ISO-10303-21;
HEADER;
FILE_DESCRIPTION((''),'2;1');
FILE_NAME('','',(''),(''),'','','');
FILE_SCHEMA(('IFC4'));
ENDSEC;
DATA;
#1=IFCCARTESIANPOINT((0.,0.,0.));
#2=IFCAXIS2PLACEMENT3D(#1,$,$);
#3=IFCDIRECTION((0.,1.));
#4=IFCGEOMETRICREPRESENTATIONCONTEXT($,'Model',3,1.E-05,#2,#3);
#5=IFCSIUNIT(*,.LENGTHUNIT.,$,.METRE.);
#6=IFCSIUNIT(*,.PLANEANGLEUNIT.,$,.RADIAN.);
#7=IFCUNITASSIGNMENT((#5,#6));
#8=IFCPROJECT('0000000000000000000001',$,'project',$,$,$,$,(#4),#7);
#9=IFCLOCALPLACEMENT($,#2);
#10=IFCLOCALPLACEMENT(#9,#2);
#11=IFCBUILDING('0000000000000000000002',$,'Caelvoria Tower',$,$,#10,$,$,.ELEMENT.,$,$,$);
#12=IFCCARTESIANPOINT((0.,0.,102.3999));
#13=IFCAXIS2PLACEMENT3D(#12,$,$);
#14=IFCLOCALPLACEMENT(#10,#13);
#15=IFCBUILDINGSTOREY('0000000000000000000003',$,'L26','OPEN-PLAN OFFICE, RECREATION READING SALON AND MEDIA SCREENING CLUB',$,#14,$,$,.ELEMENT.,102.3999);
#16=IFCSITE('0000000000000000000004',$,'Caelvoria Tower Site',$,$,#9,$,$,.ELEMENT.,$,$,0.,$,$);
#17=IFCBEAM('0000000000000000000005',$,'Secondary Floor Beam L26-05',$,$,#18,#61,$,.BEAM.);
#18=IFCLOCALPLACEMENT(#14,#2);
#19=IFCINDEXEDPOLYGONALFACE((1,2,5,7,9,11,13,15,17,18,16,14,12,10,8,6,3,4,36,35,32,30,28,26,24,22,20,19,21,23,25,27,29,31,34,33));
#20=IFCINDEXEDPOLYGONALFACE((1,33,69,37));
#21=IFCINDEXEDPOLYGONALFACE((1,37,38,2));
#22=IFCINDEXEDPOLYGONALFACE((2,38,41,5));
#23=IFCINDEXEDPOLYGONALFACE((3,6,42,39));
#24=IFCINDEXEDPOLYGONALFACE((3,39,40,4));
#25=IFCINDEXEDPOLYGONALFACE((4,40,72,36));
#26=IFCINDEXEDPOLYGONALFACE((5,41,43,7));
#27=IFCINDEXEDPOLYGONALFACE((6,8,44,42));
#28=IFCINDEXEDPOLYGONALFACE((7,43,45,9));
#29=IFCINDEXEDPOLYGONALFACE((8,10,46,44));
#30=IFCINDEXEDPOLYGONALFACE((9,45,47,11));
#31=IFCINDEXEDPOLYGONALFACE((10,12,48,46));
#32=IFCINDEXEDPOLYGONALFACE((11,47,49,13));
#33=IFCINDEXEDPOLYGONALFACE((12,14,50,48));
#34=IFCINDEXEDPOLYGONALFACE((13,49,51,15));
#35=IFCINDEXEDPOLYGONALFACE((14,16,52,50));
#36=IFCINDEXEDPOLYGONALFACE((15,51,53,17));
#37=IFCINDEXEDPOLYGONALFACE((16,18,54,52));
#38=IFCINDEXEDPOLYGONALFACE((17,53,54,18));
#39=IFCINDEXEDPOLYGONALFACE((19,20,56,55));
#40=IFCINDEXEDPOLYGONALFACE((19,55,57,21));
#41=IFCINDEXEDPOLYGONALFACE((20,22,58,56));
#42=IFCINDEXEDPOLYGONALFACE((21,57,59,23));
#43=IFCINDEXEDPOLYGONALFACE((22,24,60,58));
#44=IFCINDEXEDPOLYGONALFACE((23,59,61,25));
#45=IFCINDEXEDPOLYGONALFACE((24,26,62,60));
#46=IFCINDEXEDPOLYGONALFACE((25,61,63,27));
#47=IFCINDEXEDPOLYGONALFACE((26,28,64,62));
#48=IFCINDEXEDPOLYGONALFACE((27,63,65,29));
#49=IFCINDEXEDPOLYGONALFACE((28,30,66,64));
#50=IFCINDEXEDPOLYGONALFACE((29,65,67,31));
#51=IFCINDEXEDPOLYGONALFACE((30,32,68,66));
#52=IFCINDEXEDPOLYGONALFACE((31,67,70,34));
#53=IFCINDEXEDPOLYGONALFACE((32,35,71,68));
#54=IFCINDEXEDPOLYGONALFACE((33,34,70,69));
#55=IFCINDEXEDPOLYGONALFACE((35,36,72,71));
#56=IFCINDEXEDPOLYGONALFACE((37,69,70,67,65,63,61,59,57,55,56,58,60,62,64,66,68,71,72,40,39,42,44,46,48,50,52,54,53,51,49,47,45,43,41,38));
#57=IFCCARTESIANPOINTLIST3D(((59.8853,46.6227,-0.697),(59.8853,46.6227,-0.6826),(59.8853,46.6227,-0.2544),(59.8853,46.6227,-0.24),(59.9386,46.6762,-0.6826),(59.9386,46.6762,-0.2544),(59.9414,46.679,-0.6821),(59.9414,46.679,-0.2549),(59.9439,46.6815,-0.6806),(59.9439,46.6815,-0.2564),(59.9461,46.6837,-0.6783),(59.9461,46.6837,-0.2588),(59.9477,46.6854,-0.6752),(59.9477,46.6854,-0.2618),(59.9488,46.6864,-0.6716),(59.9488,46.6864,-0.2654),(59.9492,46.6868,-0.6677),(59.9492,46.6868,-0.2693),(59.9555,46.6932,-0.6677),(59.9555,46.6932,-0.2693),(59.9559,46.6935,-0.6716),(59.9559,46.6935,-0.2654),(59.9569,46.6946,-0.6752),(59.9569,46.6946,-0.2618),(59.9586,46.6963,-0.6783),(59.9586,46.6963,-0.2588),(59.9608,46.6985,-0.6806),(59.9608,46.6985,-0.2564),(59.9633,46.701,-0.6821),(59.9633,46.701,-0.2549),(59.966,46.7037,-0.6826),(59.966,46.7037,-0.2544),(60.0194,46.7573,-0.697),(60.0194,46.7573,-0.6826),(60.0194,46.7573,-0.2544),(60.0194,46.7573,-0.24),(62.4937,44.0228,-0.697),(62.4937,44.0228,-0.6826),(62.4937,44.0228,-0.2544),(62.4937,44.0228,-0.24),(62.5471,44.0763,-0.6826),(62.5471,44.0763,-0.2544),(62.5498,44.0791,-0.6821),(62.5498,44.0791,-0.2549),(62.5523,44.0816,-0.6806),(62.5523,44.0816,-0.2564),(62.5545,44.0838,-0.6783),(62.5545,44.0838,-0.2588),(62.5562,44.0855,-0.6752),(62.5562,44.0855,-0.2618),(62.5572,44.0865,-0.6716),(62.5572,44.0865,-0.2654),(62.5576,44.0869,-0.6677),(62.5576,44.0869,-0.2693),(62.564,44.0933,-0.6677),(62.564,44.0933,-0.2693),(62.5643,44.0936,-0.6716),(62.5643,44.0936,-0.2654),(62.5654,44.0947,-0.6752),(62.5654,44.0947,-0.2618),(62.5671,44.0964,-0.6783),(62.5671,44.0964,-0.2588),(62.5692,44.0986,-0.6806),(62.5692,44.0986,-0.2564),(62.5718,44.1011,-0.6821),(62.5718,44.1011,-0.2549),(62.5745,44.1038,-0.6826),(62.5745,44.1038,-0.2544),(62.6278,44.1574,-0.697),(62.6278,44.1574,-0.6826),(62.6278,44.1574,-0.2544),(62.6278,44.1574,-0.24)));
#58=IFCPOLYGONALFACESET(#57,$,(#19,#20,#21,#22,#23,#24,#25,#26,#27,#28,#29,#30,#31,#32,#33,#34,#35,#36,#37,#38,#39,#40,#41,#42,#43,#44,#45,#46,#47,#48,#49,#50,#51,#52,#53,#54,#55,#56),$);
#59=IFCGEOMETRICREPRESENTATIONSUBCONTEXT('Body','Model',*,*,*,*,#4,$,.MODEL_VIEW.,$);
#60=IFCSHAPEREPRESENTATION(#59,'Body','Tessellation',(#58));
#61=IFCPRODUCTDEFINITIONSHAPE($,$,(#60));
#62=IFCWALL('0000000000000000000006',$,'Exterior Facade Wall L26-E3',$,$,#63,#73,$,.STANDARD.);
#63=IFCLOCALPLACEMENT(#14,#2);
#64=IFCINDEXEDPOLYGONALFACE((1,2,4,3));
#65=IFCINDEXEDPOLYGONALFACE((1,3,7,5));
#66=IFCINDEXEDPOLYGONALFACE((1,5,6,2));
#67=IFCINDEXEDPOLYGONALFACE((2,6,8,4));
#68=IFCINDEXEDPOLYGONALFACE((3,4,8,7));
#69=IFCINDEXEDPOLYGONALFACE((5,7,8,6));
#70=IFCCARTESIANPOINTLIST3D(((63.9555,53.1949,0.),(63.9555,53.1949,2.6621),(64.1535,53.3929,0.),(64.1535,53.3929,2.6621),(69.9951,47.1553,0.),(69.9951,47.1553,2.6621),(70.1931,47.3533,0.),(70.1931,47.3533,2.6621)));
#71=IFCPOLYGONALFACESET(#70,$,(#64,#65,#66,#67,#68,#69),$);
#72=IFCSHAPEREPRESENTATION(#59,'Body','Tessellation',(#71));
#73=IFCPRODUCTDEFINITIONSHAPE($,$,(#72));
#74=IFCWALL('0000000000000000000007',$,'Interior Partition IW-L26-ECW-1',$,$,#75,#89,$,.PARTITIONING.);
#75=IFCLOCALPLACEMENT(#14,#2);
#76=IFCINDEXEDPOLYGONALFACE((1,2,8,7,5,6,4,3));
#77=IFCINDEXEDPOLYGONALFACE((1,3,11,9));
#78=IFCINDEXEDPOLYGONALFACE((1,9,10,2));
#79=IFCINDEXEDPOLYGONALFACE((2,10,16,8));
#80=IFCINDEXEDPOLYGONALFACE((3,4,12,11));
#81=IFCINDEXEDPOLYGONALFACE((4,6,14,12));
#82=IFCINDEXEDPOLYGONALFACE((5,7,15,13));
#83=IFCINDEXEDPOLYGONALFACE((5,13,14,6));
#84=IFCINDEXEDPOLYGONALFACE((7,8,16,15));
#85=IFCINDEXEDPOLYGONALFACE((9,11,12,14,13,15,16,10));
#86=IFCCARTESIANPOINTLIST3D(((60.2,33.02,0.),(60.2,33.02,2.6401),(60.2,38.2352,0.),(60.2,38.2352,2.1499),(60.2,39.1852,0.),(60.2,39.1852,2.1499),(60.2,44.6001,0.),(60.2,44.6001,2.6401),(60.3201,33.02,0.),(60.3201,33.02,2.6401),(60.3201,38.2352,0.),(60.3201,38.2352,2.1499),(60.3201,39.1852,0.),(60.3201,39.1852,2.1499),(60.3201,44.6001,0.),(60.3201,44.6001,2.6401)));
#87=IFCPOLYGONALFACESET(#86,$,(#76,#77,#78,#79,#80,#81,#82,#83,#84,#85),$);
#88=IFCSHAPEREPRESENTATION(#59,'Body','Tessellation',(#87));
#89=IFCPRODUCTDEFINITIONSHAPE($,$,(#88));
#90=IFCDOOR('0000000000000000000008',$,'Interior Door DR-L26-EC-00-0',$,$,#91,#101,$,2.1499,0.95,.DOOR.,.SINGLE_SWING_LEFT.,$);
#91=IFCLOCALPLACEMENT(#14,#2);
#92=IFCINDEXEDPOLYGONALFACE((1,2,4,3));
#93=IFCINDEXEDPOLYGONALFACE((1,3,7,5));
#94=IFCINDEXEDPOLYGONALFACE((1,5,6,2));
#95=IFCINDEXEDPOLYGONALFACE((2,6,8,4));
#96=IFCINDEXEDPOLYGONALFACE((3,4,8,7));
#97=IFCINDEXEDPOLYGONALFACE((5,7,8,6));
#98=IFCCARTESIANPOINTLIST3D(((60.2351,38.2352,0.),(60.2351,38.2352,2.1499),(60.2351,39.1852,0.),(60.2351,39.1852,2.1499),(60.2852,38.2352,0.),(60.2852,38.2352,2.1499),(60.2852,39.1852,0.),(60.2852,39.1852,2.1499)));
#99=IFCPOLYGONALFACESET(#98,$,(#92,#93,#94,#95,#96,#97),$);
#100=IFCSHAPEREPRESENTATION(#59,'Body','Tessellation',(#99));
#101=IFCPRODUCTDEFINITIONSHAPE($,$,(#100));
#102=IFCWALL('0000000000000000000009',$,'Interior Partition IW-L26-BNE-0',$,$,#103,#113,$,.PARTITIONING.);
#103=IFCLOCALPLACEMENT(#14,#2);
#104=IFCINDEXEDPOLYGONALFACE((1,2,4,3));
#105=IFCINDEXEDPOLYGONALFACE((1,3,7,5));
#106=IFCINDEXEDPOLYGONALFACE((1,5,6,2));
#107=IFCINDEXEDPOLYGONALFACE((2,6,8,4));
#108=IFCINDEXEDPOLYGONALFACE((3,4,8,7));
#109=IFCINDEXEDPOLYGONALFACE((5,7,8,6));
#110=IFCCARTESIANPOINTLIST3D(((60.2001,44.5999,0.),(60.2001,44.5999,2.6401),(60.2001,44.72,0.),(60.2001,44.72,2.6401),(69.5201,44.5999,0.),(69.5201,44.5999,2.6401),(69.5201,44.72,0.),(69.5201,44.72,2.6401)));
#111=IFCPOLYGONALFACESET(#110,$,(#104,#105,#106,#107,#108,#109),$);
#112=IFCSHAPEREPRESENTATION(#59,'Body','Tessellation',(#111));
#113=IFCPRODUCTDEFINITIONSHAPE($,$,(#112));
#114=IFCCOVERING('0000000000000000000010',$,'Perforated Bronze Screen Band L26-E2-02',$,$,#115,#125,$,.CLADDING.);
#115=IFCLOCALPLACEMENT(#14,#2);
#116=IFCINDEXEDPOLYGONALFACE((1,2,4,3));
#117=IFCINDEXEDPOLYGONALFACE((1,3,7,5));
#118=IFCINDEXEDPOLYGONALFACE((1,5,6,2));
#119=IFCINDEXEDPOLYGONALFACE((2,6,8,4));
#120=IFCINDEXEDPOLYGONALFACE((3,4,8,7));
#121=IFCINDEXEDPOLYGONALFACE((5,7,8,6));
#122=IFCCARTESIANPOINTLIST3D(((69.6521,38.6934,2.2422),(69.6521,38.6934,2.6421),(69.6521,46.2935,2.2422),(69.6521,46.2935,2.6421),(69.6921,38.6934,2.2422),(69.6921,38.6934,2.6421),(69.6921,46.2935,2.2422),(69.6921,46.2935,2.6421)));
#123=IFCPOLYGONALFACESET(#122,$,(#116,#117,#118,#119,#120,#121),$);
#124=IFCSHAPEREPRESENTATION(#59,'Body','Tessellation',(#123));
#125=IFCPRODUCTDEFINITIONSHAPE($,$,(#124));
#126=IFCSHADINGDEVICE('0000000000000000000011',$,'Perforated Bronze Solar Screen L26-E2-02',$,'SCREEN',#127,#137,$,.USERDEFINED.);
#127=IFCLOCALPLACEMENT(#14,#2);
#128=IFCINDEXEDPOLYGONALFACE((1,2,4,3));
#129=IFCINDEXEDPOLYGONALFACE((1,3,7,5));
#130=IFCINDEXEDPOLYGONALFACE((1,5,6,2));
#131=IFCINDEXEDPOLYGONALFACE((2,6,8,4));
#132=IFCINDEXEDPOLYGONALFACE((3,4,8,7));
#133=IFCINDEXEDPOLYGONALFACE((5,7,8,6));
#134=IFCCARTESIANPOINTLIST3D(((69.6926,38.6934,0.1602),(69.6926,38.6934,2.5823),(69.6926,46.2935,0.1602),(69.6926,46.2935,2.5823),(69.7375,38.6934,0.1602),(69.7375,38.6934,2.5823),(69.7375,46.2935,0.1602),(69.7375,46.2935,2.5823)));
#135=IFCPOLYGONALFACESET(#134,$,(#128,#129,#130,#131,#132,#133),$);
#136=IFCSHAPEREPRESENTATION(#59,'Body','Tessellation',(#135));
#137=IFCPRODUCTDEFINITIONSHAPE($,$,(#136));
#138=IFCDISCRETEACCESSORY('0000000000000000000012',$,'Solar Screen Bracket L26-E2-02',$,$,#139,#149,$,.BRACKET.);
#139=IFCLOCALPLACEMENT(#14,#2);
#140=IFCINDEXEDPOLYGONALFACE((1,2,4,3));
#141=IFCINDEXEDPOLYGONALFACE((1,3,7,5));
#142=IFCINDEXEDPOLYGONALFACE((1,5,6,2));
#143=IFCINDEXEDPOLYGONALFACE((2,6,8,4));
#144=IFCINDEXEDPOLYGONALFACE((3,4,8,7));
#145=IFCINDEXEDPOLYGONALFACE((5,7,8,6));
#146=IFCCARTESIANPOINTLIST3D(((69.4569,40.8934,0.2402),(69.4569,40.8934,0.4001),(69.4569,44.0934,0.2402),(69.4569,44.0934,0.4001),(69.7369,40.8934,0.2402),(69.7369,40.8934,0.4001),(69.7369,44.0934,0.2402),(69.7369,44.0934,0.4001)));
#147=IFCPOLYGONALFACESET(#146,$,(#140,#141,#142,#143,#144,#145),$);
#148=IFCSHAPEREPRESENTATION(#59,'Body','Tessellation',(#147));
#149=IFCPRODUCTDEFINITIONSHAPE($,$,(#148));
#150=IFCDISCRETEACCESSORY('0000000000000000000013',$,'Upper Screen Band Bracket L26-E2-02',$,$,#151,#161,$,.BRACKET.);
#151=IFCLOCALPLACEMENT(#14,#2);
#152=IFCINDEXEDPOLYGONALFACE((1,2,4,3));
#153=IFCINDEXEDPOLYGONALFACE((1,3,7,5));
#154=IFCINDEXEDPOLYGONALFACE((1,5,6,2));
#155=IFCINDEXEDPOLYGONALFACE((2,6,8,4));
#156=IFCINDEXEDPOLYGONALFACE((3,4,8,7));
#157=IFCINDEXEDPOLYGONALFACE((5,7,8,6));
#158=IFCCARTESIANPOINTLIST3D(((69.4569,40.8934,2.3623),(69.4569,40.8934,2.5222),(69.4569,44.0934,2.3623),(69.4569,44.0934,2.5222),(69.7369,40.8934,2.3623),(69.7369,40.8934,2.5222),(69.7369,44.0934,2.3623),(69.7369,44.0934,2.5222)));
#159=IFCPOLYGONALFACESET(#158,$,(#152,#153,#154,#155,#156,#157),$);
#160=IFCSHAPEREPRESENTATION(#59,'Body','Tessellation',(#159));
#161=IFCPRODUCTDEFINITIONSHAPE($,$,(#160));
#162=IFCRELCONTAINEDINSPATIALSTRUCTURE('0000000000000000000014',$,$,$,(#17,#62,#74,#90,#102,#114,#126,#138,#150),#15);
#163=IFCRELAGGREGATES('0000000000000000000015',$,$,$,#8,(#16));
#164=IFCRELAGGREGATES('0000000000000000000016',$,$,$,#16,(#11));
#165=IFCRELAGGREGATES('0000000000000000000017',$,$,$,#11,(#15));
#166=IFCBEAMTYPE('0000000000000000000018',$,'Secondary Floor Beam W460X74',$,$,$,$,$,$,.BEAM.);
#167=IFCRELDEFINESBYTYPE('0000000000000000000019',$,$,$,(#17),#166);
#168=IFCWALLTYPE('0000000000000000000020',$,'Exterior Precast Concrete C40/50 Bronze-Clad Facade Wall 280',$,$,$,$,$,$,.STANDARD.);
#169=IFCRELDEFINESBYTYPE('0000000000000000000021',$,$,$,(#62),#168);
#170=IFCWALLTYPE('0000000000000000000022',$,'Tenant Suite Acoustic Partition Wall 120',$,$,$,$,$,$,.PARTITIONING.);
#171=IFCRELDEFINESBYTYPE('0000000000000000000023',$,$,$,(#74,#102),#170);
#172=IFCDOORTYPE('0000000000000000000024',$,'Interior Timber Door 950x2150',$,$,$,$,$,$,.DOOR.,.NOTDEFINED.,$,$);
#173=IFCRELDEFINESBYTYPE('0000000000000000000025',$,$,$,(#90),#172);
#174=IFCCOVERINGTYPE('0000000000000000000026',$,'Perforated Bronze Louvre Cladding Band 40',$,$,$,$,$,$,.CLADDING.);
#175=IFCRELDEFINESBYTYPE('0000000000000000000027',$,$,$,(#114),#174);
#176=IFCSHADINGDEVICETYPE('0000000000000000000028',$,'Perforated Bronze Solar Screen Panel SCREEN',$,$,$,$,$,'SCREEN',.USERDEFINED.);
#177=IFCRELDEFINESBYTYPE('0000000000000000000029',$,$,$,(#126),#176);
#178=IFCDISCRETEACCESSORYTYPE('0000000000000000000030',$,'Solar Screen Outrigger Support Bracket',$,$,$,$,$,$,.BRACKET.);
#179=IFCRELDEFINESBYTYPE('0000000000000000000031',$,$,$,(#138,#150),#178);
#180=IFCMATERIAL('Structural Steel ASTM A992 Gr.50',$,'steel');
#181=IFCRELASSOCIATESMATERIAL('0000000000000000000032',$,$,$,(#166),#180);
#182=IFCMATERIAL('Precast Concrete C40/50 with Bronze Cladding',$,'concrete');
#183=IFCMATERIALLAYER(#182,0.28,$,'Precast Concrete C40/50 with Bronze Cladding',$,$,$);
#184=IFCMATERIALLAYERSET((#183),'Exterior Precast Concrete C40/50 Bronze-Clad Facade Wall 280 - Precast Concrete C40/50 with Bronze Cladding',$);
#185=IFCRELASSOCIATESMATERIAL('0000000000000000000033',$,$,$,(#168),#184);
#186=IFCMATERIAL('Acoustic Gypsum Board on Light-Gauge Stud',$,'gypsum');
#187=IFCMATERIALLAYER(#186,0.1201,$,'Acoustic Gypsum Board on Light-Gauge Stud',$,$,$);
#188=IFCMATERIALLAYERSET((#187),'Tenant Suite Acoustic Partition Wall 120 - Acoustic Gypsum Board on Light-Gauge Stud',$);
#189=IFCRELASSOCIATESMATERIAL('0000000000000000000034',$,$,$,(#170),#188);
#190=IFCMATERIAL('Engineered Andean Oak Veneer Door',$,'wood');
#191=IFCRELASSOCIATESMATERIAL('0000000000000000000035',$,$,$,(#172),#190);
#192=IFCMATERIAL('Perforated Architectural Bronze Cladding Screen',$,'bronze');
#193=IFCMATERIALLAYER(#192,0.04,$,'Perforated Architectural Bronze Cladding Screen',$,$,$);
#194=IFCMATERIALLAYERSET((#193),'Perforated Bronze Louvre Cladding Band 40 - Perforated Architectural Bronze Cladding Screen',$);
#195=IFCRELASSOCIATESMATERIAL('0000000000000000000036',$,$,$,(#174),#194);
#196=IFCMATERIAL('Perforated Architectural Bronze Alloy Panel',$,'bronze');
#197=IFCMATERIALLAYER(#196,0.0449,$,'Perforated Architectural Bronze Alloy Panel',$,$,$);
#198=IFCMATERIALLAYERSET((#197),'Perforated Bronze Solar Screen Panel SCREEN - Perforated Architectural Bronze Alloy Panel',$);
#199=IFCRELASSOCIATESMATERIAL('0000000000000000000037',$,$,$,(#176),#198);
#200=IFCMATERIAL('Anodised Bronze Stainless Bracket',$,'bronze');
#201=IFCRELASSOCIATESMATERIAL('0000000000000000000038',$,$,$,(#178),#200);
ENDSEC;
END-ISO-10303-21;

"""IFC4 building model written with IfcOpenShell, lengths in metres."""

from ifc_helpers import new_model, si_unit, direction, frame, frame_2d, origin, origin_2d, place, context, subcontext, project, spatial, rectangle, i_section, extrude, material, layer, layer_set, material_profile, profile_set, type_object, element, fill, save


model = new_model("IFC4")

# Units and contexts
model_context = context("Model", 3, precision=1e-05, world=origin(), true_north=direction((0.0, 1.0)))
body_context = subcontext(model_context, "Body", "Model", "MODEL_VIEW")
ifc_project = project(units=[si_unit("LENGTHUNIT", "METRE"), si_unit("PLANEANGLEUNIT", "RADIAN")], contexts=[model_context])

# Site, building, storey
site_placement = place(None, origin())
site = spatial("IfcSite", under=ifc_project, at=site_placement, Name="Caelvoria Tower Site", CompositionType="ELEMENT", RefElevation=0.0)
building_placement = place(site_placement, origin())
building = spatial("IfcBuilding", under=site, at=building_placement, Name="Caelvoria Tower", CompositionType="ELEMENT")
storey_placement = place(building_placement, frame((0.0, 0.0, 102.3999)))
storey = spatial("IfcBuildingStorey", under=building, at=storey_placement, Name="L26", Description="OPEN-PLAN OFFICE, RECREATION READING SALON AND MEDIA SCREENING CLUB", CompositionType="ELEMENT", Elevation=102.3999)

# Beam
ifc_material_1 = material(Name="Structural Steel ASTM A992 Gr.50", Category="steel")
ifc_material_profile_1 = material_profile(ifc_material_1, i_section(OverallWidth=0.1899, OverallDepth=0.457, WebThickness=0.009, FlangeThickness=0.0144, FilletRadius=0.0149, at=origin_2d()), Name="Structural Steel ASTM A992 Gr.50")
ifc_profile_set_1 = profile_set([ifc_material_profile_1], Name="W460X74 - Structural Steel ASTM A992 Gr.50")
beam_type_1 = type_object("IfcBeamType", Name="Secondary Floor Beam W460X74", PredefinedType="BEAM", material=ifc_profile_set_1)
beam_1_placement = place(storey_placement, frame((62.5608, 44.0901, -0.4685), z_axis=(-0.708266, 0.705946, 0.0), x_axis=(-0.705946, -0.708266, 0.0)))
element("IfcBeam", 1, at=beam_1_placement, inside=storey, type_object=beam_type_1, Name="Secondary Floor Beam L26-05", PredefinedType="BEAM", context=body_context, shape_type="SweptSolid", body=[
    extrude(i_section(OverallWidth=0.1899, OverallDepth=0.457, WebThickness=0.009, FlangeThickness=0.0144, FilletRadius=0.0149, at=origin_2d()), origin(), (0.0, 0.0, 1.0), 3.6829),
])

# Wall
ifc_material_2 = material(Name="Precast Concrete C40/50 with Bronze Cladding", Category="concrete")
ifc_layer_1 = layer(ifc_material_2, 0.28, Name="Precast Concrete C40/50 with Bronze Cladding")
ifc_layer_set_1 = layer_set([ifc_layer_1], Name="Exterior Precast Concrete C40/50 Bronze-Clad Facade Wall 280 - Precast Concrete C40/50 with Bronze Cladding")
wall_type_1 = type_object("IfcWallType", Name="Exterior Precast Concrete C40/50 Bronze-Clad Facade Wall 280", PredefinedType="STANDARD", material=ifc_layer_set_1)
wall_1_placement = place(storey_placement, frame((70.094, 47.2544, 0.0), z_axis=(0.0, 0.0, 1.0), x_axis=(-0.707107, 0.707107, 0.0)))
element("IfcWall", 2, at=wall_1_placement, inside=storey, type_object=wall_type_1, Name="Exterior Facade Wall L26-E3", PredefinedType="STANDARD", context=body_context, shape_type="SweptSolid", body=[
    extrude(rectangle(XDim=8.5413, YDim=0.28, at=frame_2d((4.2705, 0.0))), origin(), (0.0, 0.0, 1.0), 2.6621),
])

# Wall, opening, door
ifc_material_3 = material(Name="Acoustic Gypsum Board on Light-Gauge Stud", Category="gypsum")
ifc_layer_2 = layer(ifc_material_3, 0.1201, Name="Acoustic Gypsum Board on Light-Gauge Stud")
ifc_layer_set_2 = layer_set([ifc_layer_2], Name="Tenant Suite Acoustic Partition Wall 120 - Acoustic Gypsum Board on Light-Gauge Stud")
wall_type_2 = type_object("IfcWallType", Name="Tenant Suite Acoustic Partition Wall 120", PredefinedType="PARTITIONING", material=ifc_layer_set_2)
wall_2_placement = place(storey_placement, frame((60.26, 33.02, 0.0), z_axis=(0.0, 0.0, 1.0), x_axis=(0.0, 1.0, 0.0)))
wall_2 = element("IfcWall", 3, at=wall_2_placement, inside=storey, type_object=wall_type_2, Name="Interior Partition IW-L26-ECW-1", PredefinedType="PARTITIONING", context=body_context, shape_type="SweptSolid", body=[
    extrude(rectangle(XDim=11.5801, YDim=0.1201, at=frame_2d((5.79, 0.0))), origin(), (0.0, 0.0, 1.0), 2.6401),
])
opening_placement = place(wall_2_placement, frame((5.2151, 0.0, 0.0)))
opening = element("IfcOpeningElement", 4, at=opening_placement, cuts=wall_2, PredefinedType="OPENING", context=body_context, shape_type="SweptSolid", body=[
    extrude(rectangle(XDim=0.95, YDim=2.1499, at=frame_2d((0.4751, 1.075))), frame((0.0, 0.0701, 0.0), z_axis=(0.0, -1.0, 0.0), x_axis=(1.0, 0.0, 0.0)), (0.0, 0.0, 1.0), 0.1401),
])
ifc_material_4 = material(Name="Engineered Andean Oak Veneer Door", Category="wood")
door_type = type_object("IfcDoorType", Name="Interior Timber Door 950x2150", OperationType="NOTDEFINED", PredefinedType="DOOR", material=ifc_material_4)
door_placement = place(opening_placement, origin())
door = element("IfcDoor", 5, at=door_placement, inside=storey, type_object=door_type, Name="Interior Door DR-L26-EC-00-0", OperationType="SINGLE_SWING_LEFT", OverallHeight=2.1499, OverallWidth=0.95, PredefinedType="DOOR", context=body_context, shape_type="SweptSolid", body=[
    extrude(rectangle(XDim=0.95, YDim=2.1499, at=frame_2d((0.4751, 1.075))), frame((0.0, 0.0249, 0.0), z_axis=(0.0, -1.0, 0.0), x_axis=(1.0, 0.0, 0.0)), (0.0, 0.0, 1.0), 0.05),
])
fill(opening, door)

# Wall
wall_3_placement = place(storey_placement, frame((60.2, 44.6599, 0.0), z_axis=(0.0, 0.0, 1.0), x_axis=(1.0, 0.0, 0.0)))
element("IfcWall", 6, at=wall_3_placement, inside=storey, type_object=wall_type_2, Name="Interior Partition IW-L26-BNE-0", PredefinedType="PARTITIONING", context=body_context, shape_type="SweptSolid", body=[
    extrude(rectangle(XDim=9.3201, YDim=0.1201, at=frame_2d((4.6602, 0.0))), origin(), (0.0, 0.0, 1.0), 2.6401),
])

# Covering
ifc_material_5 = material(Name="Perforated Architectural Bronze Cladding Screen", Category="bronze")
ifc_layer_3 = layer(ifc_material_5, 0.04, Name="Perforated Architectural Bronze Cladding Screen")
ifc_layer_set_3 = layer_set([ifc_layer_3], Name="Perforated Bronze Louvre Cladding Band 40 - Perforated Architectural Bronze Cladding Screen")
covering_type = type_object("IfcCoveringType", Name="Perforated Bronze Louvre Cladding Band 40", PredefinedType="CLADDING", material=ifc_layer_set_3)
covering_placement = place(storey_placement, frame((69.6721, 42.4934, 2.2422), z_axis=(0.0, 0.0, 1.0), x_axis=(0.0, 1.0, 0.0)))
element("IfcCovering", 7, at=covering_placement, inside=storey, type_object=covering_type, Name="Perforated Bronze Screen Band L26-E2-02", PredefinedType="CLADDING", context=body_context, shape_type="SweptSolid", body=[
    extrude(rectangle(XDim=7.6001, YDim=0.04, at=origin_2d()), origin(), (0.0, 0.0, 1.0), 0.3999),
])

# Shading device
ifc_material_6 = material(Name="Perforated Architectural Bronze Alloy Panel", Category="bronze")
ifc_layer_4 = layer(ifc_material_6, 0.0449, Name="Perforated Architectural Bronze Alloy Panel")
ifc_layer_set_4 = layer_set([ifc_layer_4], Name="Perforated Bronze Solar Screen Panel SCREEN - Perforated Architectural Bronze Alloy Panel")
shading_device_type = type_object("IfcShadingDeviceType", Name="Perforated Bronze Solar Screen Panel SCREEN", ElementType="SCREEN", PredefinedType="USERDEFINED", material=ifc_layer_set_4)
shading_device_placement = place(storey_placement, frame((69.7151, 42.4934, 0.1602), z_axis=(0.0, 0.0, 1.0), x_axis=(0.0, 1.0, 0.0)))
element("IfcShadingDevice", 8, at=shading_device_placement, inside=storey, type_object=shading_device_type, Name="Perforated Bronze Solar Screen L26-E2-02", ObjectType="SCREEN", PredefinedType="USERDEFINED", context=body_context, shape_type="SweptSolid", body=[
    extrude(rectangle(XDim=7.6001, YDim=0.0449, at=origin_2d()), origin(), (0.0, 0.0, 1.0), 2.4221),
])

# Discrete accessories
ifc_material_7 = material(Name="Anodised Bronze Stainless Bracket", Category="bronze")
discrete_accessory_type = type_object("IfcDiscreteAccessoryType", Name="Solar Screen Outrigger Support Bracket", PredefinedType="BRACKET", material=ifc_material_7)
for number, where, z_axis, x_axis, name in (
    (9, (69.5969, 42.4934, 0.2402), (0.0, 0.0, 1.0), (0.0, 1.0, 0.0), "Solar Screen Bracket L26-E2-02"),
    (10, (69.5969, 42.4934, 2.3623), (0.0, 0.0, 1.0), (0.0, 1.0, 0.0), "Upper Screen Band Bracket L26-E2-02"),
):
    element("IfcDiscreteAccessory", number, at=place(storey_placement, frame(where, z_axis=z_axis, x_axis=x_axis)), inside=storey, type_object=discrete_accessory_type, Name=name, PredefinedType="BRACKET", context=body_context, shape_type="SweptSolid", body=[
        extrude(rectangle(XDim=3.2, YDim=0.28, at=origin_2d()), origin(), (0.0, 0.0, 1.0), 0.1599),
    ])

save(model, "model.ifc")
